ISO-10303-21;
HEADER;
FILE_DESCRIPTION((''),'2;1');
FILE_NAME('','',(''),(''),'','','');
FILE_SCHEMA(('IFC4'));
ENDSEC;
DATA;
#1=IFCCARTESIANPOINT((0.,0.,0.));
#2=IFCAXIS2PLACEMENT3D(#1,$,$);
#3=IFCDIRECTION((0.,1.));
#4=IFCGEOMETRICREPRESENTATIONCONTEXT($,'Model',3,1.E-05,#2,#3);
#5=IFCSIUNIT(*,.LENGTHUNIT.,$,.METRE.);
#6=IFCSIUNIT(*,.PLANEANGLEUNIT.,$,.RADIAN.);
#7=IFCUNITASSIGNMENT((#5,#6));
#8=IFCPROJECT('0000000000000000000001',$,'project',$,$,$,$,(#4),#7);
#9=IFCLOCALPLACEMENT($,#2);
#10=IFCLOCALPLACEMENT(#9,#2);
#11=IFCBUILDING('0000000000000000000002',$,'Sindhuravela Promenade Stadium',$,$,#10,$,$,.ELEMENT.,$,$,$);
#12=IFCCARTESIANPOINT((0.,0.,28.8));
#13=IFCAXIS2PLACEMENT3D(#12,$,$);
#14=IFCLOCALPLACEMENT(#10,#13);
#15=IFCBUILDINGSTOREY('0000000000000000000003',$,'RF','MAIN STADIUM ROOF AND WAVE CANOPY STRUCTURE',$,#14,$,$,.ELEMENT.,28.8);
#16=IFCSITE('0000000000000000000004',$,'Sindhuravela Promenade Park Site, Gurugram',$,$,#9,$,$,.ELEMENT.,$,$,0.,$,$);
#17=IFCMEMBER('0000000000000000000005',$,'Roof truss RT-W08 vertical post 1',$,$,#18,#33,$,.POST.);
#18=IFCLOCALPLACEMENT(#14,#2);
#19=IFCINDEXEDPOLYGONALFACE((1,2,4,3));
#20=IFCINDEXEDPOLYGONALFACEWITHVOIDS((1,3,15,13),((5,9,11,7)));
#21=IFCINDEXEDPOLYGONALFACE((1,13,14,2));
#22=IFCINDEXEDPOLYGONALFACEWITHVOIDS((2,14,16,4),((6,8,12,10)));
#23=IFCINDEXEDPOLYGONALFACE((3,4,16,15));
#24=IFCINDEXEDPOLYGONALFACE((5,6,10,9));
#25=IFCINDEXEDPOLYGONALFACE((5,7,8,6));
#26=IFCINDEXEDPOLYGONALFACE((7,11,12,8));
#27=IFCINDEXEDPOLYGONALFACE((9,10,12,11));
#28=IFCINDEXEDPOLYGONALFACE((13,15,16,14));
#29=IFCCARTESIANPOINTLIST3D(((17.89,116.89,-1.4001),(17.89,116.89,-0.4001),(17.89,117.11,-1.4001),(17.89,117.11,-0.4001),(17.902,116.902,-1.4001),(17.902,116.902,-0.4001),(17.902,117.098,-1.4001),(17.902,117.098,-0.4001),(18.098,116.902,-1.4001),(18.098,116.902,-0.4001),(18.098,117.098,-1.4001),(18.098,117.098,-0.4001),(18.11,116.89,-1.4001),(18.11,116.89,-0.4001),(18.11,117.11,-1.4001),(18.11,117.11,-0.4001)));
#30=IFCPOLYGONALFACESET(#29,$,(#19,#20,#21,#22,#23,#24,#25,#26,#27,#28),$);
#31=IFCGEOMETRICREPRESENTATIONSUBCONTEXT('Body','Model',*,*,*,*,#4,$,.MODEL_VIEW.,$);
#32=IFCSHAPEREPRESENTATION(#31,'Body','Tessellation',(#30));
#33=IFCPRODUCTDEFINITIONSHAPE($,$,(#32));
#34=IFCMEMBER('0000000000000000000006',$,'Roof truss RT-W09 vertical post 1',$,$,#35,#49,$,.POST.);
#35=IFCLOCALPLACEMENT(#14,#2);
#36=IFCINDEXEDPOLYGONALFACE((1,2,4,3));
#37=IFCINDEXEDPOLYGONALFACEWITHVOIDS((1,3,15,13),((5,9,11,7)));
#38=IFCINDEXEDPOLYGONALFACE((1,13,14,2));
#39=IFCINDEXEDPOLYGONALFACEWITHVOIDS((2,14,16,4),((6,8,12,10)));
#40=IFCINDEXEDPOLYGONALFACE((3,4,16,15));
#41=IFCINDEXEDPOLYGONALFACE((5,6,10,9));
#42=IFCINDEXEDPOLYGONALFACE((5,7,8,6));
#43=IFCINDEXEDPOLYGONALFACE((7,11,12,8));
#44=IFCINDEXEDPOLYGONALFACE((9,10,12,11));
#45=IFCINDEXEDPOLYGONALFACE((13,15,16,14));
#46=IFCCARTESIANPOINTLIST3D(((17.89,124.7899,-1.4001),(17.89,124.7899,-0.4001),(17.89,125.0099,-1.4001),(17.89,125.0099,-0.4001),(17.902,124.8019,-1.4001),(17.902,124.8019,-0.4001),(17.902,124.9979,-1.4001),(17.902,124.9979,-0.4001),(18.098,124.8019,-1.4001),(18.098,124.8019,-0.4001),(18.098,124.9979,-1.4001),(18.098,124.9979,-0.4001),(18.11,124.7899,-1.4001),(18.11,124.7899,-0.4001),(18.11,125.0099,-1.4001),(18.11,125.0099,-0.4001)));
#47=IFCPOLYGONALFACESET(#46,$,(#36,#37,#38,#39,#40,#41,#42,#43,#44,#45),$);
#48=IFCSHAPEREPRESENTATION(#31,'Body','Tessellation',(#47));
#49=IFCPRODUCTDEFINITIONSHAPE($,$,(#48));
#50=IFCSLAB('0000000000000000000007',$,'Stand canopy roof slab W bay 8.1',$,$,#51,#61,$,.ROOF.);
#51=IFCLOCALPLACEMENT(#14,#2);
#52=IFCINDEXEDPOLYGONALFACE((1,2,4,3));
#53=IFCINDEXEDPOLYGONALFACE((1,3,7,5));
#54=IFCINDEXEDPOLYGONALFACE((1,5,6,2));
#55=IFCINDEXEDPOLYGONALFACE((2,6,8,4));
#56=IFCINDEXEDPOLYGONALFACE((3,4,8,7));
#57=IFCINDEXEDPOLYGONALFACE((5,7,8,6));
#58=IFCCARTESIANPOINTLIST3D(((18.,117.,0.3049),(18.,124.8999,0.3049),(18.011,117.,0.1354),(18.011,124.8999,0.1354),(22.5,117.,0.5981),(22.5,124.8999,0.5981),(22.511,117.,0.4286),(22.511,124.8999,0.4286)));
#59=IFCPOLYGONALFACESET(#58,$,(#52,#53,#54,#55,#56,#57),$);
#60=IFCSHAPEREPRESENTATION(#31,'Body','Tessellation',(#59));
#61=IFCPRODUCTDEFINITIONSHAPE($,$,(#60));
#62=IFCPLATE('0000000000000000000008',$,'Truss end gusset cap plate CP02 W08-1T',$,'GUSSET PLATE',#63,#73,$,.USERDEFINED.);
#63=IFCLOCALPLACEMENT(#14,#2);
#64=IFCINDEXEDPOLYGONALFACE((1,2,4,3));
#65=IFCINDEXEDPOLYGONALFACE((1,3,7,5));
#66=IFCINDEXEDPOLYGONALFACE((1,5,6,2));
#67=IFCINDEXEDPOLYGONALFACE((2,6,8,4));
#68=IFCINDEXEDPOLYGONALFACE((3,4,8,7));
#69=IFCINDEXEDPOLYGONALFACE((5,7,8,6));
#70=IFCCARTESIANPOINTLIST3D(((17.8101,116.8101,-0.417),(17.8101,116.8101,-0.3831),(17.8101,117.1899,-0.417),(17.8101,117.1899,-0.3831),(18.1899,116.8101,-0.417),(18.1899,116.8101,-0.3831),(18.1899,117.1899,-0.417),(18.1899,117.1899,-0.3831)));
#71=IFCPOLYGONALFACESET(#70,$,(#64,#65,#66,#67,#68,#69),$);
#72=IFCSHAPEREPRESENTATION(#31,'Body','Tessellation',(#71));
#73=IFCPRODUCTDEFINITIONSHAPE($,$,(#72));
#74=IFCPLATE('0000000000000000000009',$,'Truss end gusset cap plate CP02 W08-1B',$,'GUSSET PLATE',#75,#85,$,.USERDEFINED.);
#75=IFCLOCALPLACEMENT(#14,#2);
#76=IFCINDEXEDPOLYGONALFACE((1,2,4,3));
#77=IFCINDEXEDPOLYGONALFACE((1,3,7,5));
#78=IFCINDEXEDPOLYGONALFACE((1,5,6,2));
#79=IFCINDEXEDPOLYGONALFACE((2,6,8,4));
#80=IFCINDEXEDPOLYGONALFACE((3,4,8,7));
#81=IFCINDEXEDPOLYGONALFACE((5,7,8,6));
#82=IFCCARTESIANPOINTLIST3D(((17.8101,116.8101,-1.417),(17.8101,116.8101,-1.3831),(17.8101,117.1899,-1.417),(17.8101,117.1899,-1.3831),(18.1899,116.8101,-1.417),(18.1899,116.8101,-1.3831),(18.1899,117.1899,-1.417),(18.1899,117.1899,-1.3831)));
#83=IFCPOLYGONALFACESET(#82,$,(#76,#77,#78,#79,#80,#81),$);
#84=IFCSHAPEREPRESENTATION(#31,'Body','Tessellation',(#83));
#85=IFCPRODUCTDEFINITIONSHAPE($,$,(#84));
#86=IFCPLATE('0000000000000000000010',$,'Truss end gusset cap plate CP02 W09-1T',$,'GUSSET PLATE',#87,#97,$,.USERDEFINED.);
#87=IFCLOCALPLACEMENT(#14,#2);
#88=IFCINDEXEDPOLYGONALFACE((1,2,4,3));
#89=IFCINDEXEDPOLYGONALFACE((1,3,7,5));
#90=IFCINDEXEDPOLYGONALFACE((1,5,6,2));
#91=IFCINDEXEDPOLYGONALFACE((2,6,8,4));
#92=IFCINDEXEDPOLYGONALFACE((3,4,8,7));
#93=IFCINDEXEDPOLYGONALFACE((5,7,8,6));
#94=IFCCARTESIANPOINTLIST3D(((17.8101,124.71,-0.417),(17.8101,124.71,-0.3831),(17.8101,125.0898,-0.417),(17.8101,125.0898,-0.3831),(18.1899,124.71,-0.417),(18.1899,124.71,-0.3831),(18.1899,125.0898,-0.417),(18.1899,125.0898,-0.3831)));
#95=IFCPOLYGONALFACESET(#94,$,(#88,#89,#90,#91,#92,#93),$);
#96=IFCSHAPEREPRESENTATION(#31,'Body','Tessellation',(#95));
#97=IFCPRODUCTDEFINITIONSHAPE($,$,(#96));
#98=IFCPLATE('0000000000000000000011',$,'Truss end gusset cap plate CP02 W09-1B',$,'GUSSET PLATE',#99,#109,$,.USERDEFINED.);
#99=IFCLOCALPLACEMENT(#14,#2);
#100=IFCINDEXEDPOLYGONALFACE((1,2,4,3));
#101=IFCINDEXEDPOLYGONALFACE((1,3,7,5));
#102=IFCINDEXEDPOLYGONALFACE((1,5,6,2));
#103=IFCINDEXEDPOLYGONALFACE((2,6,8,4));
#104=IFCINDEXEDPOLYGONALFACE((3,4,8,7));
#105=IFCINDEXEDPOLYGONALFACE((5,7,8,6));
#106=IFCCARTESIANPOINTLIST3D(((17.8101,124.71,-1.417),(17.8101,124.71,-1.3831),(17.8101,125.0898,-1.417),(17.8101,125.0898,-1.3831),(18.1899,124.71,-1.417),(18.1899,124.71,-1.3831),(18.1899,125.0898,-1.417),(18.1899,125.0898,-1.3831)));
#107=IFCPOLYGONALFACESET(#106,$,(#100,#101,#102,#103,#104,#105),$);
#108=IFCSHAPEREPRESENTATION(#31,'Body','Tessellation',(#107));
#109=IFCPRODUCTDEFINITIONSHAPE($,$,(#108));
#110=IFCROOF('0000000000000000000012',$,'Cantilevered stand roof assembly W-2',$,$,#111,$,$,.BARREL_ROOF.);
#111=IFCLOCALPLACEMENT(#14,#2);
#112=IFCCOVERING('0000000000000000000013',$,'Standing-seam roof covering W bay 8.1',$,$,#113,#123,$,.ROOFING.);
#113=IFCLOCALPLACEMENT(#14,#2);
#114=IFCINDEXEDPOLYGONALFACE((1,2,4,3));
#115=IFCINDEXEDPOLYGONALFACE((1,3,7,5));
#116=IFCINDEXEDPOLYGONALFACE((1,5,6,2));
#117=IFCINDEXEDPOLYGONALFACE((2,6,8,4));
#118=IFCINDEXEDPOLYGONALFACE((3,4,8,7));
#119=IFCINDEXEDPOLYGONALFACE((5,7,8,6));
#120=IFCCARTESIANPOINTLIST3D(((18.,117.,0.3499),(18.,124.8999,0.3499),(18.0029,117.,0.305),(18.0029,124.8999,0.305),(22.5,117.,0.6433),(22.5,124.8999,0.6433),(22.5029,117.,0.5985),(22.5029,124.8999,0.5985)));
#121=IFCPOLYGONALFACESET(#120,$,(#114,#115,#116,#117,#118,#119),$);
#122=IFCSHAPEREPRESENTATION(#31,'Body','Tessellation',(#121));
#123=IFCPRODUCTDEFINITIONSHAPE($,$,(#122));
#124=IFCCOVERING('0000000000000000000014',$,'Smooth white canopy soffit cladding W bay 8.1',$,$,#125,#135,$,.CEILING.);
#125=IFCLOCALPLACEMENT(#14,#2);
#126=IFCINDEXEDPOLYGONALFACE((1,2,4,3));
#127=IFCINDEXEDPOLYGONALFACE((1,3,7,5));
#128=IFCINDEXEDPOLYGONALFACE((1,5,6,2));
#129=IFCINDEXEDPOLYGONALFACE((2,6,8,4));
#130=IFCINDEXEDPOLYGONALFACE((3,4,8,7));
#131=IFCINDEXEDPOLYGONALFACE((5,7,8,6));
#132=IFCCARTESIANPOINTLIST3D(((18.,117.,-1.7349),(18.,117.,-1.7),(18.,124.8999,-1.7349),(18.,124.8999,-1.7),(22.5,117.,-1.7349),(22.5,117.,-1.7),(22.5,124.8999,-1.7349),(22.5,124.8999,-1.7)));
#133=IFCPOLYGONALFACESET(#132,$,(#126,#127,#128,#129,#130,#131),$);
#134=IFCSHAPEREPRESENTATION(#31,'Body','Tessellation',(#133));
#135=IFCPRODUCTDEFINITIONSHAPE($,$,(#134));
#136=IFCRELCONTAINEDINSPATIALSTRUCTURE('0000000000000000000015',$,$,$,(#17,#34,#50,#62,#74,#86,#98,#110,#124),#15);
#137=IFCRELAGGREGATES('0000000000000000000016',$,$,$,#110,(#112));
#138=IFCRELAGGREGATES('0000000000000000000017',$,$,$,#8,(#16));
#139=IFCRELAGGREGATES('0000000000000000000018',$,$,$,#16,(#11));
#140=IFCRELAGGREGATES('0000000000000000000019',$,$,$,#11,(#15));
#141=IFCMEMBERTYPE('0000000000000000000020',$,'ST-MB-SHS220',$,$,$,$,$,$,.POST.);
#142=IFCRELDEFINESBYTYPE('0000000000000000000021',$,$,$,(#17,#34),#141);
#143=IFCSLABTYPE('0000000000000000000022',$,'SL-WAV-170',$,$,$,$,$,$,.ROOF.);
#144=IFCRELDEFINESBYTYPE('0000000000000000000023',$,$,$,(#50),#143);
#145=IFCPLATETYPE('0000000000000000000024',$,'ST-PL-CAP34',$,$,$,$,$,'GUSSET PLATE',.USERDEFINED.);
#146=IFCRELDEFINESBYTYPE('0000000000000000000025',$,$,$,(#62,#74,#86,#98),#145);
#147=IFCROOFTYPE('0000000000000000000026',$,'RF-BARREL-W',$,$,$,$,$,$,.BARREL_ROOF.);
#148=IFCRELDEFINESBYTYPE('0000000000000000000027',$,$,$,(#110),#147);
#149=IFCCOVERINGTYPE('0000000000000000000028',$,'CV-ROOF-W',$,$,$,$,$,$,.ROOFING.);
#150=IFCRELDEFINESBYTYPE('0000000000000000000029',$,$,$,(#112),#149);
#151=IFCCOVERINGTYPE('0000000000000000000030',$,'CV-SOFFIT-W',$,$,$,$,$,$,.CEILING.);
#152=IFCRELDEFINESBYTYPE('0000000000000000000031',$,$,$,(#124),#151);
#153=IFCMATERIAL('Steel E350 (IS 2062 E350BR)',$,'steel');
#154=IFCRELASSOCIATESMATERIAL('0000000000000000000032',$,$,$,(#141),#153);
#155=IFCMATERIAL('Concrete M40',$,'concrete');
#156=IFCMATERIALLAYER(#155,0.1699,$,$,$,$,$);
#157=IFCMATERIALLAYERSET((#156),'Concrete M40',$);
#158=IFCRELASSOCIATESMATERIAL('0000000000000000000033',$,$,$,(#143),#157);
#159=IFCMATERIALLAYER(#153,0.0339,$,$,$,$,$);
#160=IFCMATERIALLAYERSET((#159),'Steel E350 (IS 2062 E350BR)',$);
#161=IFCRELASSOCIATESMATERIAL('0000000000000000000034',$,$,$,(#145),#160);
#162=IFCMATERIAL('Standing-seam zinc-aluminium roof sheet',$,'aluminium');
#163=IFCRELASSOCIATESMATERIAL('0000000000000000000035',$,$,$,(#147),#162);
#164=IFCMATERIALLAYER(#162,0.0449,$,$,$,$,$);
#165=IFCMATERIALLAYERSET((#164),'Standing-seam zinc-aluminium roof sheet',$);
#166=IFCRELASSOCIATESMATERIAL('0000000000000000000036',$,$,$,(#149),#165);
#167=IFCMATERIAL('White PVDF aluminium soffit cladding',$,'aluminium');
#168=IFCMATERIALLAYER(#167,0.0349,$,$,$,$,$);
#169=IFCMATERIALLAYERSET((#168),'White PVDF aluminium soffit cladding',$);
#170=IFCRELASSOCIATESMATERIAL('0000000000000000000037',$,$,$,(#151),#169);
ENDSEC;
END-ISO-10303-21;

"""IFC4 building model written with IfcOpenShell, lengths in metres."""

from ifc_helpers import new_model, si_unit, direction, frame, origin, origin_2d, place, context, subcontext, project, spatial, polyline, rectangle, hollow_rectangle, outline, extrude, material, layer, layer_set, material_profile, profile_set, type_object, element, aggregate, save


model = new_model("IFC4")

# Units and contexts
model_context = context("Model", 3, precision=1e-05, world=origin(), true_north=direction((0.0, 1.0)))
body_context = subcontext(model_context, "Body", "Model", "MODEL_VIEW")
ifc_project = project(units=[si_unit("LENGTHUNIT", "METRE"), si_unit("PLANEANGLEUNIT", "RADIAN")], contexts=[model_context])

# Site, building, storey
site_placement = place(None, origin())
site = spatial("IfcSite", under=ifc_project, at=site_placement, Name="Sindhuravela Promenade Park Site, Gurugram", CompositionType="ELEMENT", RefElevation=0.0)
building_placement = place(site_placement, origin())
building = spatial("IfcBuilding", under=site, at=building_placement, Name="Sindhuravela Promenade Stadium", CompositionType="ELEMENT")
storey_placement = place(building_placement, frame((0.0, 0.0, 28.8)))
storey = spatial("IfcBuildingStorey", under=building, at=storey_placement, Name="RF", Description="MAIN STADIUM ROOF AND WAVE CANOPY STRUCTURE", CompositionType="ELEMENT", Elevation=28.8)

# Shared definitions
ifc_material_1 = material(Name="Concrete M40", Category="concrete")
ifc_material_2 = material(Name="Steel E350 (IS 2062 E350BR)", Category="steel")

# Members
ifc_material_profile_1 = material_profile(ifc_material_2, hollow_rectangle(XDim=0.22, YDim=0.22, WallThickness=0.012, at=origin_2d()), Name="SHS 220x220x12")
ifc_profile_set_1 = profile_set([ifc_material_profile_1], Name="Steel E350 (IS 2062 E350BR)")
member_type_1 = type_object("IfcMemberType", Name="ST-MB-SHS220", PredefinedType="POST", material=ifc_profile_set_1)
for number, where, z_axis, x_axis, name in (
    (1, (18.0, 117.0, -1.4001), (0.0, 0.0, 1.0), (1.0, 0.0, 0.0), "Roof truss RT-W08 vertical post 1"),
    (2, (18.0, 124.8999, -1.4001), (0.0, 0.0, 1.0), (1.0, 0.0, 0.0), "Roof truss RT-W09 vertical post 1"),
):
    element("IfcMember", number, at=place(storey_placement, frame(where, z_axis=z_axis, x_axis=x_axis)), inside=storey, type_object=member_type_1, Name=name, PredefinedType="POST", context=body_context, shape_type="SweptSolid", body=[
        extrude(hollow_rectangle(XDim=0.22, YDim=0.22, WallThickness=0.012, at=origin_2d()), origin(), (0.0, 0.0, 1.0), 1.0),
    ])

# Slab
ifc_layer_1 = layer(ifc_material_1, 0.1699)
ifc_layer_set_1 = layer_set([ifc_layer_1], Name="Concrete M40")
slab_type = type_object("IfcSlabType", Name="SL-WAV-170", PredefinedType="ROOF", material=ifc_layer_set_1)
slab_placement = place(storey_placement, frame((18.0, 117.0, 0.3049), z_axis=(-0.065021, 0.0, 0.997884), x_axis=(0.0, 1.0, 0.0)))
element("IfcSlab", 3, at=slab_placement, inside=storey, type_object=slab_type, Name="Stand canopy roof slab W bay 8.1", PredefinedType="ROOF", context=body_context, shape_type="SweptSolid", body=[
    extrude(outline(polyline([(0.0, 0.0), (0.0, -4.5095), (7.8999, -4.5095), (7.8999, 0.0), (0.0, 0.0)])), origin(), (0.0, 0.0, -1.0), 0.1699),
])

# Plates
ifc_layer_2 = layer(ifc_material_2, 0.0339)
ifc_layer_set_2 = layer_set([ifc_layer_2], Name="Steel E350 (IS 2062 E350BR)")
plate_type = type_object("IfcPlateType", Name="ST-PL-CAP34", ElementType="GUSSET PLATE", PredefinedType="USERDEFINED", material=ifc_layer_set_2)
for number, where, z_axis, x_axis, name in (
    (4, (18.0, 117.0, -0.417), (0.0, 0.0, 1.0), (1.0, 0.0, 0.0), "Truss end gusset cap plate CP02 W08-1T"),
    (5, (18.0, 117.0, -1.417), (0.0, 0.0, 1.0), (1.0, 0.0, 0.0), "Truss end gusset cap plate CP02 W08-1B"),
    (6, (18.0, 124.8999, -0.417), (0.0, 0.0, 1.0), (1.0, 0.0, 0.0), "Truss end gusset cap plate CP02 W09-1T"),
    (7, (18.0, 124.8999, -1.417), (0.0, 0.0, 1.0), (1.0, 0.0, 0.0), "Truss end gusset cap plate CP02 W09-1B"),
):
    element("IfcPlate", number, at=place(storey_placement, frame(where, z_axis=z_axis, x_axis=x_axis)), inside=storey, type_object=plate_type, Name=name, ObjectType="GUSSET PLATE", PredefinedType="USERDEFINED", context=body_context, shape_type="SweptSolid", body=[
        extrude(rectangle(XDim=0.3799, YDim=0.3799, at=origin_2d()), origin(), (0.0, 0.0, 1.0), 0.0339),
    ])

# Roof, covering
ifc_material_3 = material(Name="Standing-seam zinc-aluminium roof sheet", Category="aluminium")
roof_type = type_object("IfcRoofType", Name="RF-BARREL-W", PredefinedType="BARREL_ROOF", material=ifc_material_3)
roof_placement = place(storey_placement, origin())
roof = element("IfcRoof", 8, at=roof_placement, inside=storey, type_object=roof_type, Name="Cantilevered stand roof assembly W-2", PredefinedType="BARREL_ROOF")
ifc_layer_3 = layer(ifc_material_3, 0.0449)
ifc_layer_set_3 = layer_set([ifc_layer_3], Name="Standing-seam zinc-aluminium roof sheet")
covering_type_1 = type_object("IfcCoveringType", Name="CV-ROOF-W", PredefinedType="ROOFING", material=ifc_layer_set_3)
covering_1_placement = place(storey_placement, frame((18.0, 117.0, 0.3499), z_axis=(-0.065074, 0.0, 0.99788), x_axis=(0.0, 1.0, 0.0)))
covering_1 = element("IfcCovering", 9, at=covering_1_placement, type_object=covering_type_1, Name="Standing-seam roof covering W bay 8.1", PredefinedType="ROOFING", context=body_context, shape_type="SweptSolid", body=[
    extrude(outline(polyline([(0.0, 0.0), (0.0, -4.5096), (7.8999, -4.5096), (7.8999, 0.0), (0.0, 0.0)])), origin(), (0.0, 0.0, -1.0), 0.0449),
])
aggregate(roof, [covering_1])

# Covering
ifc_material_4 = material(Name="White PVDF aluminium soffit cladding", Category="aluminium")
ifc_layer_4 = layer(ifc_material_4, 0.0349)
ifc_layer_set_4 = layer_set([ifc_layer_4], Name="White PVDF aluminium soffit cladding")
covering_type_2 = type_object("IfcCoveringType", Name="CV-SOFFIT-W", PredefinedType="CEILING", material=ifc_layer_set_4)
covering_2_placement = place(storey_placement, frame((18.0, 117.0, -1.7), z_axis=(0.0, 0.0, 1.0), x_axis=(0.0, 1.0, 0.0)))
element("IfcCovering", 10, at=covering_2_placement, inside=storey, type_object=covering_type_2, Name="Smooth white canopy soffit cladding W bay 8.1", PredefinedType="CEILING", context=body_context, shape_type="SweptSolid", body=[
    extrude(outline(polyline([(0.0, 0.0), (0.0, -4.5), (7.8999, -4.5), (7.8999, 0.0), (0.0, 0.0)])), origin(), (0.0, 0.0, -1.0), 0.0349),
])

save(model, "model.ifc")
